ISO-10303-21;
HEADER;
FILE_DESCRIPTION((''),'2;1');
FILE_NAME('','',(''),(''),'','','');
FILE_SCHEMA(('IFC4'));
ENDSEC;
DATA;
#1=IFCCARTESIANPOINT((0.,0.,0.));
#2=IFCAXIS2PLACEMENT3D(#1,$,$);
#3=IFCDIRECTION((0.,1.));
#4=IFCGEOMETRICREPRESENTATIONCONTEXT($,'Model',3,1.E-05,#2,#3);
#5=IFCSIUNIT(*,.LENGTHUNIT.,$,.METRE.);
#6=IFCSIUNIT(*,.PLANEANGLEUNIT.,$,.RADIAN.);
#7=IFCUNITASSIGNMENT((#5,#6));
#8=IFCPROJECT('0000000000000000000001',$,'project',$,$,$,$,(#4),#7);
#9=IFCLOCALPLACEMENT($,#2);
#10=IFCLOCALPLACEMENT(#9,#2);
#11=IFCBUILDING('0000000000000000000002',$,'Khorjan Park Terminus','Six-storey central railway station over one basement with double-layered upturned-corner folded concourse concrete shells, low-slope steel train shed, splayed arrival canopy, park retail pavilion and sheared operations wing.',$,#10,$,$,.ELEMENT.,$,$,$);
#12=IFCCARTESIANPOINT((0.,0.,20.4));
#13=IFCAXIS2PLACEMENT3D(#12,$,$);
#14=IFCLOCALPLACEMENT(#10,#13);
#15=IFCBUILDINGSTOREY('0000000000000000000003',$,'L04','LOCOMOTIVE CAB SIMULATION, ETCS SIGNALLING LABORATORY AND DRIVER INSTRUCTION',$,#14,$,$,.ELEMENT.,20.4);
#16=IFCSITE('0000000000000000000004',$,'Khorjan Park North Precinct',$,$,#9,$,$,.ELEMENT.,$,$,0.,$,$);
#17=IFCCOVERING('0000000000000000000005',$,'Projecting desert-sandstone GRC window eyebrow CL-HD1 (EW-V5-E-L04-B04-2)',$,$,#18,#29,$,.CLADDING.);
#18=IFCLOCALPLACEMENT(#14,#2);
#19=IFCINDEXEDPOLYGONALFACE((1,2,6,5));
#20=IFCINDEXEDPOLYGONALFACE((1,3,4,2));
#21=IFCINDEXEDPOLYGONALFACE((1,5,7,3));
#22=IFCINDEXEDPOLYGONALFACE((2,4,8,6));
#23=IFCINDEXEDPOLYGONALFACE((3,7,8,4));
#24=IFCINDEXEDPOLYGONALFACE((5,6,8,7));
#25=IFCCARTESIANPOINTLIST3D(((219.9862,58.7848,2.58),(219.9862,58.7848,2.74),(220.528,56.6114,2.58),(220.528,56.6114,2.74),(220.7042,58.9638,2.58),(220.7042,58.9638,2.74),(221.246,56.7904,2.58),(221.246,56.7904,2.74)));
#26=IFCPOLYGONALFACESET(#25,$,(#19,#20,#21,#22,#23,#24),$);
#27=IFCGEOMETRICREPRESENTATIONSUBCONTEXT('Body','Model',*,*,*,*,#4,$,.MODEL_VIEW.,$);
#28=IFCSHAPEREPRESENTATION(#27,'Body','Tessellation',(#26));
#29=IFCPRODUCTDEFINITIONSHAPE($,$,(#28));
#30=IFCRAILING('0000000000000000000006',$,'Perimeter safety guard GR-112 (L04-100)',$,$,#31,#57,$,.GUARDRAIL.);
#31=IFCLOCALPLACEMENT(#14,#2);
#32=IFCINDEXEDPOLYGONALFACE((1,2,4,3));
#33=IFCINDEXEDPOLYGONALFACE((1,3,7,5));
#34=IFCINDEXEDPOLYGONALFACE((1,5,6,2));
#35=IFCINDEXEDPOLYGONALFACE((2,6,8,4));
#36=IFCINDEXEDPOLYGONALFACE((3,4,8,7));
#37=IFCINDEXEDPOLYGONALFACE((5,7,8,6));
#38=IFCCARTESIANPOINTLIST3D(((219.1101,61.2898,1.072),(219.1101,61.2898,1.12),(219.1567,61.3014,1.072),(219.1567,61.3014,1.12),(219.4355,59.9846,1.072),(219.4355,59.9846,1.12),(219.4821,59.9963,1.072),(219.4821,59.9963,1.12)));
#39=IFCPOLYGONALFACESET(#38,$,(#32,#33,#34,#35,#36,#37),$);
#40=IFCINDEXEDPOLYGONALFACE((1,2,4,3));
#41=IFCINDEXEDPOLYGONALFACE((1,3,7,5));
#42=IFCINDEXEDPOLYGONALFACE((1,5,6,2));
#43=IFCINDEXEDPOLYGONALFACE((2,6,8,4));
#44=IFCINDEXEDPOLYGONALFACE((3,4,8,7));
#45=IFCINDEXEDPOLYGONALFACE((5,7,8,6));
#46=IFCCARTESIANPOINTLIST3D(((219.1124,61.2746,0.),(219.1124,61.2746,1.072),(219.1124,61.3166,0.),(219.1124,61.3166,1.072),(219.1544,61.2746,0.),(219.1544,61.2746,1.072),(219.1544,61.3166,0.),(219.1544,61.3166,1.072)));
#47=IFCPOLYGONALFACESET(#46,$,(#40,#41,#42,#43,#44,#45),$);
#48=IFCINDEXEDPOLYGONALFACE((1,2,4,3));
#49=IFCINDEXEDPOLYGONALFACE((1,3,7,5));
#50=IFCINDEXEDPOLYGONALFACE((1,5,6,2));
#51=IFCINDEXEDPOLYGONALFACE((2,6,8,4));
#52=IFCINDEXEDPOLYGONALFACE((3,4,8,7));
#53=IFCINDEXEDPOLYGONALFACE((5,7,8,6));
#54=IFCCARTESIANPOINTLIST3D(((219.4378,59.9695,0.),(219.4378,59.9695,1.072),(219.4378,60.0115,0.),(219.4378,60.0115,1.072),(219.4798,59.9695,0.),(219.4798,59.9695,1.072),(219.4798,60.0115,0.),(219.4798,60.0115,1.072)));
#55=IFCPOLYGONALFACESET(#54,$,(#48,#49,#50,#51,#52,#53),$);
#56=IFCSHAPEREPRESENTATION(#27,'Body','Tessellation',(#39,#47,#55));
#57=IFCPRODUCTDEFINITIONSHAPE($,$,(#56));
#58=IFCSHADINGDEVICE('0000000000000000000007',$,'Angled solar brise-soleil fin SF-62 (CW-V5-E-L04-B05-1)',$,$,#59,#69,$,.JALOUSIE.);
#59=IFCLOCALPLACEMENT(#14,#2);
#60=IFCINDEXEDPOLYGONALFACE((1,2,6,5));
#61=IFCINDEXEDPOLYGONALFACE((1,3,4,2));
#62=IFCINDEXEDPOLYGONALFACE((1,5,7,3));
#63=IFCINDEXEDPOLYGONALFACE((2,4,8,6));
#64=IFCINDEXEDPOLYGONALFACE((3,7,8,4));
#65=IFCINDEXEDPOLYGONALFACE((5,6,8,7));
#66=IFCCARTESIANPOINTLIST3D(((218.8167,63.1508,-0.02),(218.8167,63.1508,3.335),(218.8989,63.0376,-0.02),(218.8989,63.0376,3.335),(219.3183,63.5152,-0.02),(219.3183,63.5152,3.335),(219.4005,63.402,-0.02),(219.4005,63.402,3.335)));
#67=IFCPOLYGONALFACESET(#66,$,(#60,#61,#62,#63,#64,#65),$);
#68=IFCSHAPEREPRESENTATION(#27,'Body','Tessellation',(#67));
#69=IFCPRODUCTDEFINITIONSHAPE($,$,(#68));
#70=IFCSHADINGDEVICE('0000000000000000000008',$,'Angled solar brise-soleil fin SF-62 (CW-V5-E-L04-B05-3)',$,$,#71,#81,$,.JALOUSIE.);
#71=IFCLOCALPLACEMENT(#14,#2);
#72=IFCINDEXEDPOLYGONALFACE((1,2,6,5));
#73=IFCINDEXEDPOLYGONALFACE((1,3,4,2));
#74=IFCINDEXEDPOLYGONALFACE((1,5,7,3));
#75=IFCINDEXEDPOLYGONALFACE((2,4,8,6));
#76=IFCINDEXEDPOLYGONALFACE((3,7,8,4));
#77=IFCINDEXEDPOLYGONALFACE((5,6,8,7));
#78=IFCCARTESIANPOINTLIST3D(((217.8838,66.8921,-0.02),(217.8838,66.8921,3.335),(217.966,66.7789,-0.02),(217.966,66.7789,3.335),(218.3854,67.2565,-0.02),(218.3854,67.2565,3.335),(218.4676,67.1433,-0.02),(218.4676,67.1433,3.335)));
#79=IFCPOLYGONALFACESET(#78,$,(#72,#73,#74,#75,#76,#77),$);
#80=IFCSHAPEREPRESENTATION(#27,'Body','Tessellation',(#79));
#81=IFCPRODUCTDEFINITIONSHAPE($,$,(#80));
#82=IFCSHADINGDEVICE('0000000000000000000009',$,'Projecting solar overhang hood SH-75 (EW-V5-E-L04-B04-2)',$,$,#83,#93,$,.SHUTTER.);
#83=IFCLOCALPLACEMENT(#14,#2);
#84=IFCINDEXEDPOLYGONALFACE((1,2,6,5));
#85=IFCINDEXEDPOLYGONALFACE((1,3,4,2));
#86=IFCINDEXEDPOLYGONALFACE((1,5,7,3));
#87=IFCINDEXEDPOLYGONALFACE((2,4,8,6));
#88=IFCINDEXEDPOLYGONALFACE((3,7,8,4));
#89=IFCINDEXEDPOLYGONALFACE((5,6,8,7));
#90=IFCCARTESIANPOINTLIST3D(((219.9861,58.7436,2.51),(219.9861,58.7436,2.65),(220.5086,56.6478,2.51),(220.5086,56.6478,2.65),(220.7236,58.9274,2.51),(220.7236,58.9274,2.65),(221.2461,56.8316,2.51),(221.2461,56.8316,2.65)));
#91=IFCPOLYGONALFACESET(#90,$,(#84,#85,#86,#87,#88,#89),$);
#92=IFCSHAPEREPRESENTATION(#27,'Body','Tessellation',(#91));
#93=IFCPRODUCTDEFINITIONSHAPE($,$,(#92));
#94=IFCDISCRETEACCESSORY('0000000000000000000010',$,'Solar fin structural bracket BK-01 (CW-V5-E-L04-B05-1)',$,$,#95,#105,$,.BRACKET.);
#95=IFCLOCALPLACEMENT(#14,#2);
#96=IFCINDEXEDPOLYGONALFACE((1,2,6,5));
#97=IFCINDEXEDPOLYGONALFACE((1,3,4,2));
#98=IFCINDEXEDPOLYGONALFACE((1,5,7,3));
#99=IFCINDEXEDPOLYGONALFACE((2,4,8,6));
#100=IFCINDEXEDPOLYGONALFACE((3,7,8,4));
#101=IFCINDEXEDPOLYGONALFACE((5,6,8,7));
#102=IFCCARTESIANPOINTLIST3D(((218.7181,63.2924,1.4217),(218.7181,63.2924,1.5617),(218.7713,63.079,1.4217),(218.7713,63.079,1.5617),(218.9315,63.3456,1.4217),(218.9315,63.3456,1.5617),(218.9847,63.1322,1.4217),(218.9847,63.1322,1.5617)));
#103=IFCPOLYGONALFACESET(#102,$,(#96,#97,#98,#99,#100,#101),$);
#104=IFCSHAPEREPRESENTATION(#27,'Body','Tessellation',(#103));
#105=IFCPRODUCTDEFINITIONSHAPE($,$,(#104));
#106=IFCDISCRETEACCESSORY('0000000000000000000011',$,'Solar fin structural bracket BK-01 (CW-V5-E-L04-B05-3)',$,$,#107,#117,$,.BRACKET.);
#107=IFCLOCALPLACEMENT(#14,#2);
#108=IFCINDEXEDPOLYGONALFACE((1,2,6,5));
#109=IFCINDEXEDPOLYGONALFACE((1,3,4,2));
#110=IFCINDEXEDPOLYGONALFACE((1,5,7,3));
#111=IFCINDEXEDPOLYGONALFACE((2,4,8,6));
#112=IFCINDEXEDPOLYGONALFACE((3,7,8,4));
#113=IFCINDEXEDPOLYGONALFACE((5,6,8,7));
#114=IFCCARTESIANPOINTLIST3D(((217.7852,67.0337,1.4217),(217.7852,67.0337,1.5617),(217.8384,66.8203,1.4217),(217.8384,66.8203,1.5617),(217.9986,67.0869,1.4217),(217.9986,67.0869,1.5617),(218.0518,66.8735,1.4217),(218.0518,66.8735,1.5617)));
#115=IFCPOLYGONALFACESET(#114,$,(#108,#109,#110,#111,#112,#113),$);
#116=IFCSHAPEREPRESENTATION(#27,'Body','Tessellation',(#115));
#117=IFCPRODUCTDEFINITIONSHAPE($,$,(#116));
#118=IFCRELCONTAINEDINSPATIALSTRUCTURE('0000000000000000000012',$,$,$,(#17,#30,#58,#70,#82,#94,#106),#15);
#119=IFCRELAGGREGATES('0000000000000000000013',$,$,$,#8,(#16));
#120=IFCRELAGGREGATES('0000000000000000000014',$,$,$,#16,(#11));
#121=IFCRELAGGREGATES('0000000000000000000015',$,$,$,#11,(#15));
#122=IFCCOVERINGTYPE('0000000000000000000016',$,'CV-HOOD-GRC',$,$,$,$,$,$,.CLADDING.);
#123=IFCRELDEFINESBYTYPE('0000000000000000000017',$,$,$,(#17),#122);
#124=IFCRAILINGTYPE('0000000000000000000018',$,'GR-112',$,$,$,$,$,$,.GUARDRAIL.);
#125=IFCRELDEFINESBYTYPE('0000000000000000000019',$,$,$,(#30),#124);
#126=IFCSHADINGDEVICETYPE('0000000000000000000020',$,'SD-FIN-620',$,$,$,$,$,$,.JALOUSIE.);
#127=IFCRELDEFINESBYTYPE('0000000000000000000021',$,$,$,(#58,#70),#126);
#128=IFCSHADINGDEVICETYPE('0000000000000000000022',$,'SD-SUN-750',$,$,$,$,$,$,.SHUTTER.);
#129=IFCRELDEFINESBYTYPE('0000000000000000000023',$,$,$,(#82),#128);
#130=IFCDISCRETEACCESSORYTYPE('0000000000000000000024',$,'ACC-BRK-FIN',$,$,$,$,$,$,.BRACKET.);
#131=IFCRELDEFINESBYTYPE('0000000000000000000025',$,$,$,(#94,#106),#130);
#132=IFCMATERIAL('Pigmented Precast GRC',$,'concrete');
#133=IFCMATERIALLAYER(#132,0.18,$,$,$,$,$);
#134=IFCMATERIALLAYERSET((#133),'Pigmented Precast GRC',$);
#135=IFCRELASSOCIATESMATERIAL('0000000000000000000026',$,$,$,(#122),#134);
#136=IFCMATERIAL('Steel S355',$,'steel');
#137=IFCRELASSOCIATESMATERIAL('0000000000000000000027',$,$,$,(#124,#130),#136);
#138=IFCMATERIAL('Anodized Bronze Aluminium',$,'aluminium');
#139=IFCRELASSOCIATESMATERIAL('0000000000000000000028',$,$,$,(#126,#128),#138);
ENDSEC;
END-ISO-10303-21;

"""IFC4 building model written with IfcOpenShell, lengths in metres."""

from ifc_helpers import new_model, si_unit, direction, frame, origin, origin_2d, place, context, subcontext, project, spatial, rectangle, extrude, material, layer, layer_set, type_object, element, save


model = new_model("IFC4")

# Units and contexts
model_context = context("Model", 3, precision=1e-05, world=origin(), true_north=direction((0.0, 1.0)))
body_context = subcontext(model_context, "Body", "Model", "MODEL_VIEW")
ifc_project = project(units=[si_unit("LENGTHUNIT", "METRE"), si_unit("PLANEANGLEUNIT", "RADIAN")], contexts=[model_context])

# Site, building, storey
site_placement = place(None, origin())
site = spatial("IfcSite", under=ifc_project, at=site_placement, Name="Khorjan Park North Precinct", CompositionType="ELEMENT", RefElevation=0.0)
building_placement = place(site_placement, origin())
building = spatial("IfcBuilding", under=site, at=building_placement, Name="Khorjan Park Terminus", Description="Six-storey central railway station over one basement with double-layered upturned-corner folded concourse concrete shells, low-slope steel train shed, splayed arrival canopy, park retail pavilion and sheared operations wing.", CompositionType="ELEMENT")
storey_placement = place(building_placement, frame((0.0, 0.0, 20.4)))
storey = spatial("IfcBuildingStorey", under=building, at=storey_placement, Name="L04", Description="LOCOMOTIVE CAB SIMULATION, ETCS SIGNALLING LABORATORY AND DRIVER INSTRUCTION", CompositionType="ELEMENT", Elevation=20.4)

# Shared definitions
ifc_material_1 = material(Name="Steel S355", Category="steel")

# Shared definitions
ifc_material_2 = material(Name="Anodized Bronze Aluminium", Category="aluminium")

# Covering
ifc_material_3 = material(Name="Pigmented Precast GRC", Category="concrete")
ifc_layer_1 = layer(ifc_material_3, 0.18)
ifc_layer_set_1 = layer_set([ifc_layer_1], Name="Pigmented Precast GRC")
covering_type_1 = type_object("IfcCoveringType", Name="CV-HOOD-GRC", PredefinedType="CLADDING", material=ifc_layer_set_1)
covering_1_placement = place(storey_placement, frame((220.6161, 57.7876, 2.58), z_axis=(0.0, 0.0, 1.0), x_axis=(-0.24191, 0.970299, 0.0)))
element("IfcCovering", 1, at=covering_1_placement, inside=storey, type_object=covering_type_1, Name="Projecting desert-sandstone GRC window eyebrow CL-HD1 (EW-V5-E-L04-B04-2)", PredefinedType="CLADDING", context=body_context, shape_type="SweptSolid", body=[
    extrude(rectangle(XDim=2.24, YDim=0.74, at=origin_2d()), origin(), (0.0, 0.0, 1.0), 0.16),
])

# Railing
railing_type = type_object("IfcRailingType", Name="GR-112", PredefinedType="GUARDRAIL", material=ifc_material_1)
railing_placement = place(storey_placement, frame((219.1334, 61.2956, 0.0)))
element("IfcRailing", 2, at=railing_placement, inside=storey, type_object=railing_type, Name="Perimeter safety guard GR-112 (L04-100)", PredefinedType="GUARDRAIL", context=body_context, shape_type="SweptSolid", body=[
    extrude(rectangle(XDim=0.048, YDim=0.048, at=origin_2d()), frame((0.0, 0.0, 1.096), z_axis=(0.241923, -0.970295, 0.0), x_axis=(0.970295, 0.241923, 0.0)), (0.0, 0.0, 1.0), 1.3451),
    extrude(rectangle(XDim=0.042, YDim=0.042, at=origin_2d()), origin(), (0.0, 0.0, 1.0), 1.072),
    extrude(rectangle(XDim=0.042, YDim=0.042, at=origin_2d()), frame((0.3254, -1.3051, 0.0)), (0.0, 0.0, 1.0), 1.072),
])

# Shading devices
shading_device_type_1 = type_object("IfcShadingDeviceType", Name="SD-FIN-620", PredefinedType="JALOUSIE", material=ifc_material_2)
for number, where, z_axis, x_axis, name in (
    (3, (219.1086, 63.2764, -0.02), (0.0, 0.0, 1.0), (-0.809017, -0.587785, 0.0), "Angled solar brise-soleil fin SF-62 (CW-V5-E-L04-B05-1)"),
    (4, (218.1757, 67.0177, -0.02), (0.0, 0.0, 1.0), (-0.809017, -0.587785, 0.0), "Angled solar brise-soleil fin SF-62 (CW-V5-E-L04-B05-3)"),
):
    element("IfcShadingDevice", number, at=place(storey_placement, frame(where, z_axis=z_axis, x_axis=x_axis)), inside=storey, type_object=shading_device_type_1, Name=name, PredefinedType="JALOUSIE", context=body_context, shape_type="SweptSolid", body=[
        extrude(rectangle(XDim=0.62, YDim=0.14, at=origin_2d()), origin(), (0.0, 0.0, 1.0), 3.355),
    ])
shading_device_type_2 = type_object("IfcShadingDeviceType", Name="SD-SUN-750", PredefinedType="SHUTTER", material=ifc_material_2)
shading_device_placement = place(storey_placement, frame((220.6161, 57.7876, 2.51), z_axis=(0.0, 0.0, 1.0), x_axis=(-0.24191, 0.970299, 0.0)))
element("IfcShadingDevice", 5, at=shading_device_placement, inside=storey, type_object=shading_device_type_2, Name="Projecting solar overhang hood SH-75 (EW-V5-E-L04-B04-2)", PredefinedType="SHUTTER", context=body_context, shape_type="SweptSolid", body=[
    extrude(rectangle(XDim=2.16, YDim=0.76, at=origin_2d()), origin(), (0.0, 0.0, 1.0), 0.14),
])

# Discrete accessories
discrete_accessory_type = type_object("IfcDiscreteAccessoryType", Name="ACC-BRK-FIN", PredefinedType="BRACKET", material=ifc_material_1)
for number, where, z_axis, x_axis, name in (
    (6, (218.8514, 63.2123, 1.4217), (0.0, 0.0, 1.0), (-0.241935, 0.970292, 0.0), "Solar fin structural bracket BK-01 (CW-V5-E-L04-B05-1)"),
    (7, (217.9185, 66.9536, 1.4217), (0.0, 0.0, 1.0), (-0.241935, 0.970292, 0.0), "Solar fin structural bracket BK-01 (CW-V5-E-L04-B05-3)"),
):
    element("IfcDiscreteAccessory", number, at=place(storey_placement, frame(where, z_axis=z_axis, x_axis=x_axis)), inside=storey, type_object=discrete_accessory_type, Name=name, PredefinedType="BRACKET", context=body_context, shape_type="SweptSolid", body=[
        extrude(rectangle(XDim=0.22, YDim=0.22, at=origin_2d()), origin(), (0.0, 0.0, 1.0), 0.14),
    ])

save(model, "model.ifc")
